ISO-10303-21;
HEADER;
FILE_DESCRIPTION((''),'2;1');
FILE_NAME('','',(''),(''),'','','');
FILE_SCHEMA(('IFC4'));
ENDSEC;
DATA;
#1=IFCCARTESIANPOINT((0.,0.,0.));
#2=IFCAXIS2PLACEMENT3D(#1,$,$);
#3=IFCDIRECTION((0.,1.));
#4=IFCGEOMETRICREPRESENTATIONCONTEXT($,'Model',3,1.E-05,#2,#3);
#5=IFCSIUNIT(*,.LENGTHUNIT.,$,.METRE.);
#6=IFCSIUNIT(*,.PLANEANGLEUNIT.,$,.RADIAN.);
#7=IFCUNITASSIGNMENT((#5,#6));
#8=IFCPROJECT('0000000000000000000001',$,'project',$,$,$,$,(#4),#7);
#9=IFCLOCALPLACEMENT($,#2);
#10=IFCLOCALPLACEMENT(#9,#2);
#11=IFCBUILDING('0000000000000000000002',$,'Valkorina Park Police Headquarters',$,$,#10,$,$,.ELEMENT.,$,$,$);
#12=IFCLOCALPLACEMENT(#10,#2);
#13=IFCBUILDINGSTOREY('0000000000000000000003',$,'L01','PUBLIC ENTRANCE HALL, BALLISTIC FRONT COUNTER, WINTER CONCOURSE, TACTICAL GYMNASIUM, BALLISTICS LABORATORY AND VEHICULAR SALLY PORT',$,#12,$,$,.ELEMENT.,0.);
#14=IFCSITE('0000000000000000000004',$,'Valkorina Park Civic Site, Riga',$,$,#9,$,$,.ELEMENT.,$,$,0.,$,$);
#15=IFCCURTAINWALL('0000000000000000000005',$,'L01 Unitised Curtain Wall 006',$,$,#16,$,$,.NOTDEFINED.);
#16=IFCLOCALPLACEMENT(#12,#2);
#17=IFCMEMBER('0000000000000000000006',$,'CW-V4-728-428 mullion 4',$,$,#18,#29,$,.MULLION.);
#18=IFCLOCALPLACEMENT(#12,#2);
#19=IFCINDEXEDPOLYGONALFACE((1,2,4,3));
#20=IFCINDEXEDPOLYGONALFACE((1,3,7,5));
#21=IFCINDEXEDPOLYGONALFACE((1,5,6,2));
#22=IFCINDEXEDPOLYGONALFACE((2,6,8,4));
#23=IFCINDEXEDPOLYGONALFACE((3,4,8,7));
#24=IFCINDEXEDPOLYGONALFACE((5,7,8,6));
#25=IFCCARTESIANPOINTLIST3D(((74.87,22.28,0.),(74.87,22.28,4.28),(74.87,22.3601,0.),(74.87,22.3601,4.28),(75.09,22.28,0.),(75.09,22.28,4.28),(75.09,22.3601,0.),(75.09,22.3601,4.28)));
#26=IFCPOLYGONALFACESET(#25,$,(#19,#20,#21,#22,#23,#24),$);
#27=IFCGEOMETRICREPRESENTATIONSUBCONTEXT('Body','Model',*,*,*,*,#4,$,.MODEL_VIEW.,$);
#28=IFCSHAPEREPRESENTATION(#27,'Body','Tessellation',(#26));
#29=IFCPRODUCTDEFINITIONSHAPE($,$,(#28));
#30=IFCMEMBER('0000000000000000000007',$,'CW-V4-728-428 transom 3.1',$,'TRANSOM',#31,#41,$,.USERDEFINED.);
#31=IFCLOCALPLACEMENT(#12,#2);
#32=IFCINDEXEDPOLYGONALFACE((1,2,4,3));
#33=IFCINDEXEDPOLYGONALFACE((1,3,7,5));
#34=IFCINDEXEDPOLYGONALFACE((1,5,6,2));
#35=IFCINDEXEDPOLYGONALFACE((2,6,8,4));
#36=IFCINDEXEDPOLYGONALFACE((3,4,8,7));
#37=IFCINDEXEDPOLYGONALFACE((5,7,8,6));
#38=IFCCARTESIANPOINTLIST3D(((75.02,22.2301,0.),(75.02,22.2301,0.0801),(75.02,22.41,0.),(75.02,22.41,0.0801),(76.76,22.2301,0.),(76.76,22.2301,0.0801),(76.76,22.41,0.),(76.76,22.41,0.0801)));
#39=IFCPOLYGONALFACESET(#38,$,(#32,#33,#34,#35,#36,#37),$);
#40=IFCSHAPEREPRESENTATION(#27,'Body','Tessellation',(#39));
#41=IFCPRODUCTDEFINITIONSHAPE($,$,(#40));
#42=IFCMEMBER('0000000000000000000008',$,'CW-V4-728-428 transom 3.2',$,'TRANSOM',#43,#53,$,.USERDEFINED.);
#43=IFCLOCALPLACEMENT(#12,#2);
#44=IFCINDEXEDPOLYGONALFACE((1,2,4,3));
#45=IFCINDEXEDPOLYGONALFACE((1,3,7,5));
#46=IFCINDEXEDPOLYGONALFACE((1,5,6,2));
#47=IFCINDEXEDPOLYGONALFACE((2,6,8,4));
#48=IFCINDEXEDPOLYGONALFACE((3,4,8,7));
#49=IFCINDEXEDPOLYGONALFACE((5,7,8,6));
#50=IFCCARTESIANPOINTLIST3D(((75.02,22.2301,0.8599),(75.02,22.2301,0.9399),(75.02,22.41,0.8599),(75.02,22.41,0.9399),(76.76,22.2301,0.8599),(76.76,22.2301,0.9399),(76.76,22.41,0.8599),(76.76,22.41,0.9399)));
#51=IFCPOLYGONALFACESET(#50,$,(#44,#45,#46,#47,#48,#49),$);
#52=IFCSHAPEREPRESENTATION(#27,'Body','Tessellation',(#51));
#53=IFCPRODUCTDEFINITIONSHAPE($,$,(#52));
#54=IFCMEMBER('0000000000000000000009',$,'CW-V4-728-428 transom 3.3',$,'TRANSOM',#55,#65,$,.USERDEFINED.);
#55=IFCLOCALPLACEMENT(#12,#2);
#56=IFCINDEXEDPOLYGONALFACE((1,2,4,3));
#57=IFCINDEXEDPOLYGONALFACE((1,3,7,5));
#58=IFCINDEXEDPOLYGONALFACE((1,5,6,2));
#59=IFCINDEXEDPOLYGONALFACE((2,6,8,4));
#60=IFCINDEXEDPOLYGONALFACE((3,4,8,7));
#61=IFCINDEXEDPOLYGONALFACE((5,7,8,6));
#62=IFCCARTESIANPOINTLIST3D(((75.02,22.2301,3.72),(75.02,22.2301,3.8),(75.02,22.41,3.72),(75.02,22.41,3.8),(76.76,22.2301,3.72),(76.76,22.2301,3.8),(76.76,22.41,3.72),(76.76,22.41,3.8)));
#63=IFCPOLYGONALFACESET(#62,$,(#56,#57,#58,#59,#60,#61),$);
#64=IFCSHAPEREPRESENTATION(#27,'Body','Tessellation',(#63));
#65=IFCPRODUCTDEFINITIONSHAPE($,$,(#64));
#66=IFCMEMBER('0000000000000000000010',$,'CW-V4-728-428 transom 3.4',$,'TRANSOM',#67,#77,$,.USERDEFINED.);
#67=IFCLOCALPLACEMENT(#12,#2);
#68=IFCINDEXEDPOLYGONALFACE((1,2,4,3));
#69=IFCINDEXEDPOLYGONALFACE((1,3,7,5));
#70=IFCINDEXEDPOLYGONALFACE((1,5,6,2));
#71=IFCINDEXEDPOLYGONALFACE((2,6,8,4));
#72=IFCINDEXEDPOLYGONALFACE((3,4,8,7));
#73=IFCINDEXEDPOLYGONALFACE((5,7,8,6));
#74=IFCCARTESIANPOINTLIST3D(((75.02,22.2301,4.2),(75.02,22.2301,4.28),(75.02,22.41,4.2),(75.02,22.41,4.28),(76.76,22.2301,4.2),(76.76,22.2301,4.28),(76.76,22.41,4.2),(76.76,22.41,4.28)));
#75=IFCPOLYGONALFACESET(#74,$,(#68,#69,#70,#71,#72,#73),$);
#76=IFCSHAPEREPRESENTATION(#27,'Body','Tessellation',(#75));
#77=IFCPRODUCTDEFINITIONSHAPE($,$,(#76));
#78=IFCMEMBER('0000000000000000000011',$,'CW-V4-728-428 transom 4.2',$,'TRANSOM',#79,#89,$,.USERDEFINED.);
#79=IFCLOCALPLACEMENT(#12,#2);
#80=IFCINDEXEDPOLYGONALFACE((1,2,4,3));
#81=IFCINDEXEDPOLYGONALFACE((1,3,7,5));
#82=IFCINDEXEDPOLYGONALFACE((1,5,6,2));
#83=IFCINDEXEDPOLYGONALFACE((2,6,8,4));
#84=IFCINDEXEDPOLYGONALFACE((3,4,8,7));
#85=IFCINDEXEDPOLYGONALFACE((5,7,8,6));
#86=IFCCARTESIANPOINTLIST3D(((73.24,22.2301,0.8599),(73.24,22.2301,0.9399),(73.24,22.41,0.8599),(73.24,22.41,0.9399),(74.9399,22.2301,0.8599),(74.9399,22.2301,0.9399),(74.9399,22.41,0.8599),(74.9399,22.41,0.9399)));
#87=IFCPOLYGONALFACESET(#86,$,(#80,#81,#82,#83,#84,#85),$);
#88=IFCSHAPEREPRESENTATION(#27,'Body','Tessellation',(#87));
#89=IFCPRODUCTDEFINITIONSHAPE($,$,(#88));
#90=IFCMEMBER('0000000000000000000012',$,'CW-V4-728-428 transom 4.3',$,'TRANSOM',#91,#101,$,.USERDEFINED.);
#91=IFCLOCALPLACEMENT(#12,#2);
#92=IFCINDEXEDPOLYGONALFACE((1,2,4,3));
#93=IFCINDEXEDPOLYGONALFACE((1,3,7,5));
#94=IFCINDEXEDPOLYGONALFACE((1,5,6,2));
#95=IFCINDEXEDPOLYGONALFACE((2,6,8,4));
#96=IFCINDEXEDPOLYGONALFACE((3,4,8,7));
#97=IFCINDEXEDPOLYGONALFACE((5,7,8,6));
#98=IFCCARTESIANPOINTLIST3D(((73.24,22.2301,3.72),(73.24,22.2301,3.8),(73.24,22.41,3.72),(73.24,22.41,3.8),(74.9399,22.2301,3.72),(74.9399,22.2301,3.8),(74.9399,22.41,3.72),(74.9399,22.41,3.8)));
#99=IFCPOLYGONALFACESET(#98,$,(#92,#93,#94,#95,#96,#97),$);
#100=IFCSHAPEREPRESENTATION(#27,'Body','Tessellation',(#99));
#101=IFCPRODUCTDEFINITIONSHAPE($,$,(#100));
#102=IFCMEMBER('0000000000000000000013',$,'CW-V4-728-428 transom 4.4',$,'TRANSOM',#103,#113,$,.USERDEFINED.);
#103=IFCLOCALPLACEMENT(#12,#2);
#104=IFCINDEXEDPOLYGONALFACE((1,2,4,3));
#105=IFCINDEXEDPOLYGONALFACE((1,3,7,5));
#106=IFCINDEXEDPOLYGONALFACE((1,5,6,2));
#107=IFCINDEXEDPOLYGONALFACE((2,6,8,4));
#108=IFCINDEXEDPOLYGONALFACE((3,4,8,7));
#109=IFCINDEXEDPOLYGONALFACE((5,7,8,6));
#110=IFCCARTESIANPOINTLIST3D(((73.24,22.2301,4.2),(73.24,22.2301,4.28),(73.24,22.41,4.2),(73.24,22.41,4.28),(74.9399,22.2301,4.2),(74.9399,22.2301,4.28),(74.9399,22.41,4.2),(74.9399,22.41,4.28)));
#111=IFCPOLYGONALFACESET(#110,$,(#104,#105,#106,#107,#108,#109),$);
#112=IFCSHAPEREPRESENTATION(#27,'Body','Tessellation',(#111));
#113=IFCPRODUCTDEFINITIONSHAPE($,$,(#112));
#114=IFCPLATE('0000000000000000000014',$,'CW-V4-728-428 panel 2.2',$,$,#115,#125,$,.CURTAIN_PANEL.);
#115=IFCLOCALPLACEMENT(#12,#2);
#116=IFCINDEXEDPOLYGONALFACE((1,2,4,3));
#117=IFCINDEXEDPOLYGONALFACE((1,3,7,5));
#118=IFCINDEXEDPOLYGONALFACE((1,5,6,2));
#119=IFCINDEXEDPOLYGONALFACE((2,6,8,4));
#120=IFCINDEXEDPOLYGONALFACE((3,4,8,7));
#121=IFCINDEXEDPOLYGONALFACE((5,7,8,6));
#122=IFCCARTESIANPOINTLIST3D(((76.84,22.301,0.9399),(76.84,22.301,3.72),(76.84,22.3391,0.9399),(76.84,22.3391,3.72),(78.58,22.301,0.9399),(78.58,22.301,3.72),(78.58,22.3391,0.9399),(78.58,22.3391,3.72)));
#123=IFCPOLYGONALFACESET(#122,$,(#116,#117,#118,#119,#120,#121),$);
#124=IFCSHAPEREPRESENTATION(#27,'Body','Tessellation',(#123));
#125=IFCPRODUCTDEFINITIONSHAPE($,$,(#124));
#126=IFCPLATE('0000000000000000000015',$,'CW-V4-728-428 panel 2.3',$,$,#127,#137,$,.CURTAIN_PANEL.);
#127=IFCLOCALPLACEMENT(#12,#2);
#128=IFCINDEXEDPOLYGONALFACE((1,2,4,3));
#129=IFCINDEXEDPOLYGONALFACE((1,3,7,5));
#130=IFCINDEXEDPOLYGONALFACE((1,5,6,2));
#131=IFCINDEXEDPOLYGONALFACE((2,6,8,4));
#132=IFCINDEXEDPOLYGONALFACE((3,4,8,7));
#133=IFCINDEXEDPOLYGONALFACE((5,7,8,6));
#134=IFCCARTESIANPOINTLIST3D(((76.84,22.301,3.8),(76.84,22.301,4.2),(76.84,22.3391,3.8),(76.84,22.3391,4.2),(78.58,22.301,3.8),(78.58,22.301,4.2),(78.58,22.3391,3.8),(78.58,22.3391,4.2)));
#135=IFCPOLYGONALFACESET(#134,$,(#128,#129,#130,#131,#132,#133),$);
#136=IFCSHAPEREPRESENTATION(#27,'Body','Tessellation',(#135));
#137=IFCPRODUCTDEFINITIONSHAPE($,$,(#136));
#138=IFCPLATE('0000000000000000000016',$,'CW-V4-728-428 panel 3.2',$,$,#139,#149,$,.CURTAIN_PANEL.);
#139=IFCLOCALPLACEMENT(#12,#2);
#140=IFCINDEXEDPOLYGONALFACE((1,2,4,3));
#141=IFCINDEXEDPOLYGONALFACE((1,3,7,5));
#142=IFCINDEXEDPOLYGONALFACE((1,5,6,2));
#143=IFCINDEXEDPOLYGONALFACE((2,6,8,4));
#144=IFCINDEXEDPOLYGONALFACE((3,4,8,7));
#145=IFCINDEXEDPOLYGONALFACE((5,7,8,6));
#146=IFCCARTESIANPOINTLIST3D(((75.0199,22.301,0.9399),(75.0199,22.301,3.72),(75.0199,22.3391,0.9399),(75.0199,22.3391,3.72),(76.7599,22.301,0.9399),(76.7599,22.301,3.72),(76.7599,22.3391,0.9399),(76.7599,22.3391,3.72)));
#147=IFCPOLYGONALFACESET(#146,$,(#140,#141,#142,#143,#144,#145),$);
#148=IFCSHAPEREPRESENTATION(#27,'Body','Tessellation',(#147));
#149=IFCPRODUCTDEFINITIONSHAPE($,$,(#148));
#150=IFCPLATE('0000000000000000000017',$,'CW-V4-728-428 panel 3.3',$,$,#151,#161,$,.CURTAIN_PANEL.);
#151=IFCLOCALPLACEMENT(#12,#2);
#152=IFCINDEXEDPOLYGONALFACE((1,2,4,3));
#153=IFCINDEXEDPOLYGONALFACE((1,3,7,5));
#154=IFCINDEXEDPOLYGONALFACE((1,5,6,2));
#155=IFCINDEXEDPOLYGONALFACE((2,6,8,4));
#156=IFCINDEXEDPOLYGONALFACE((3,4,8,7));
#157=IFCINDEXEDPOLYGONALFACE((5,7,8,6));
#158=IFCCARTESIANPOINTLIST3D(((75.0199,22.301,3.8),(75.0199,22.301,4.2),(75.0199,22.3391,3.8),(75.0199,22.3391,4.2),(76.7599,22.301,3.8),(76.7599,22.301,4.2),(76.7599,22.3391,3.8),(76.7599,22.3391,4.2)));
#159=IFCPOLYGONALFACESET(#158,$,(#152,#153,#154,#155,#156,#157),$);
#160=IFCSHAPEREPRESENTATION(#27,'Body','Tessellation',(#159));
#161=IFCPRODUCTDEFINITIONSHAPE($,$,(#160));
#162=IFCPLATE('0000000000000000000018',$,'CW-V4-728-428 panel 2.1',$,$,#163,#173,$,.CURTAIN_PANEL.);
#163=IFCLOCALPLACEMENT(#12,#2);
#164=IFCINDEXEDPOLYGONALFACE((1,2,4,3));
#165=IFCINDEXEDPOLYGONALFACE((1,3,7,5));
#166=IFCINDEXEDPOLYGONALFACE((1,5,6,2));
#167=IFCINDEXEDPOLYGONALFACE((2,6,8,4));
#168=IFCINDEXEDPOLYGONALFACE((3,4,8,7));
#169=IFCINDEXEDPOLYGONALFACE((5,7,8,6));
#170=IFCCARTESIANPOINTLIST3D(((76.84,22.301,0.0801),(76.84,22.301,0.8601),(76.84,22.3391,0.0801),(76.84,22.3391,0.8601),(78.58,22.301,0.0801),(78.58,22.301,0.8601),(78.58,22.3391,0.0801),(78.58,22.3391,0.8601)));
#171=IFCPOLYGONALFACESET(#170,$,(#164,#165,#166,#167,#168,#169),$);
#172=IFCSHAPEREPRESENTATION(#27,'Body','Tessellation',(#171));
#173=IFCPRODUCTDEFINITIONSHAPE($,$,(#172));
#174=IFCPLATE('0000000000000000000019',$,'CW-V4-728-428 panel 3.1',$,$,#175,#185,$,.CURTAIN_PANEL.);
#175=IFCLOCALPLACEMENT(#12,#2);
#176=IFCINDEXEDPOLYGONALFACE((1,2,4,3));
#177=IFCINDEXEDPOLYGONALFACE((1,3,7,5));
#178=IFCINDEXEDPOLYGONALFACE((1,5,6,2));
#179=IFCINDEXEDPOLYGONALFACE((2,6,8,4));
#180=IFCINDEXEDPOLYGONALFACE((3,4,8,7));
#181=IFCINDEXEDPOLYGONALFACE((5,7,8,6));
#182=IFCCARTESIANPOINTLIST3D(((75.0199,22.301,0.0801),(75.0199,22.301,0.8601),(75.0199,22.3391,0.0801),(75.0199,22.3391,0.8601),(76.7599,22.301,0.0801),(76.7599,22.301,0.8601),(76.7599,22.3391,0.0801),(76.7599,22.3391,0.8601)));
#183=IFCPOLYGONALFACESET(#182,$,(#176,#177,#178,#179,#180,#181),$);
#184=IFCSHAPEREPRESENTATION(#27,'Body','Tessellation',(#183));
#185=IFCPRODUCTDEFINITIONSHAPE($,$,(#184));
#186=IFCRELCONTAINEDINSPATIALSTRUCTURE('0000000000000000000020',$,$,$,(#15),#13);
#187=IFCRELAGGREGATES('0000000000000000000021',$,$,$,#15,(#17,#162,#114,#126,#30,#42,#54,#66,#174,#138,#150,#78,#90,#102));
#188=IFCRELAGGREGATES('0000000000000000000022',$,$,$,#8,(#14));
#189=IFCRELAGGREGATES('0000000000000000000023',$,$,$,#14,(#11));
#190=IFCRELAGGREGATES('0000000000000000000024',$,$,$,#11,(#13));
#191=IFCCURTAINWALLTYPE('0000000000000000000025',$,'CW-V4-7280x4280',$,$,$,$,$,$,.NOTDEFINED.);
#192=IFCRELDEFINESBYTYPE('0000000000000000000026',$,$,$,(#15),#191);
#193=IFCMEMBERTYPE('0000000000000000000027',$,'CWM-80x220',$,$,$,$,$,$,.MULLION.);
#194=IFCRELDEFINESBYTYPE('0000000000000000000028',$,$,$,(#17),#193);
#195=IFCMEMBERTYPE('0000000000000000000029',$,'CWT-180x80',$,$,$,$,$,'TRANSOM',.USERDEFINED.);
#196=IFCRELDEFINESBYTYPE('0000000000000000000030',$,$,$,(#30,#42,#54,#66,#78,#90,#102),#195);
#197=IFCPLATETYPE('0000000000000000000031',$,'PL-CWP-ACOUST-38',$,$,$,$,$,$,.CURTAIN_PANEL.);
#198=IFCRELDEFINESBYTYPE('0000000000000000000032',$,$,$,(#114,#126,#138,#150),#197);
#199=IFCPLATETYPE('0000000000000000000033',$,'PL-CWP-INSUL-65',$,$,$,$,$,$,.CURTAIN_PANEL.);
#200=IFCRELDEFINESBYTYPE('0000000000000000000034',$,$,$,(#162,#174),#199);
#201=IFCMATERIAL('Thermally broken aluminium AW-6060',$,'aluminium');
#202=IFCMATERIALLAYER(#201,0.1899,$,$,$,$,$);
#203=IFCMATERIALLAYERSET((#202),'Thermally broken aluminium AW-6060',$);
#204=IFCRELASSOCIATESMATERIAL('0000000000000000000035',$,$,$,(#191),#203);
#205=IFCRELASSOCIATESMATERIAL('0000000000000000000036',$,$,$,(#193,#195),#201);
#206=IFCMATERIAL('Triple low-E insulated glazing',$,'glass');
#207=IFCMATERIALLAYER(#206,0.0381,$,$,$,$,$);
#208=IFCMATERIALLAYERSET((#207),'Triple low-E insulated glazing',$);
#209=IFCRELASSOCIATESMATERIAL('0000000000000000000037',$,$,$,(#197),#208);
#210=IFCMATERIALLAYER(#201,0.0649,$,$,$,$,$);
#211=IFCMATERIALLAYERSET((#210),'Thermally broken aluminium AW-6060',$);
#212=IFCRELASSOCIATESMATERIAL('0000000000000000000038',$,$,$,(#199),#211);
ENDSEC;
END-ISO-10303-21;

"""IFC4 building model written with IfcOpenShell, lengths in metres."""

from ifc_helpers import new_model, si_unit, direction, frame, origin, origin_2d, place, context, subcontext, project, spatial, rectangle, extrude, material, layer, layer_set, material_profile, profile_set, type_object, element, aggregate, save


model = new_model("IFC4")

# Units and contexts
model_context = context("Model", 3, precision=1e-05, world=origin(), true_north=direction((0.0, 1.0)))
body_context = subcontext(model_context, "Body", "Model", "MODEL_VIEW")
ifc_project = project(units=[si_unit("LENGTHUNIT", "METRE"), si_unit("PLANEANGLEUNIT", "RADIAN")], contexts=[model_context])

# Site, building, storey
site_placement = place(None, origin())
site = spatial("IfcSite", under=ifc_project, at=site_placement, Name="Valkorina Park Civic Site, Riga", CompositionType="ELEMENT", RefElevation=0.0)
building_placement = place(site_placement, origin())
building = spatial("IfcBuilding", under=site, at=building_placement, Name="Valkorina Park Police Headquarters", CompositionType="ELEMENT")
storey_placement = place(building_placement, origin())
storey = spatial("IfcBuildingStorey", under=building, at=storey_placement, Name="L01", Description="PUBLIC ENTRANCE HALL, BALLISTIC FRONT COUNTER, WINTER CONCOURSE, TACTICAL GYMNASIUM, BALLISTICS LABORATORY AND VEHICULAR SALLY PORT", CompositionType="ELEMENT", Elevation=0.0)

# Curtain wall, members, plates
ifc_material_1 = material(Name="Thermally broken aluminium AW-6060", Category="aluminium")
ifc_layer_1 = layer(ifc_material_1, 0.1899)
ifc_layer_set_1 = layer_set([ifc_layer_1], Name="Thermally broken aluminium AW-6060")
curtain_wall_type = type_object("IfcCurtainWallType", Name="CW-V4-7280x4280", PredefinedType="NOTDEFINED", material=ifc_layer_set_1)
curtain_wall_placement = place(storey_placement, origin())
curtain_wall = element("IfcCurtainWall", 1, at=curtain_wall_placement, inside=storey, type_object=curtain_wall_type, Name="L01 Unitised Curtain Wall 006", PredefinedType="NOTDEFINED")
ifc_material_profile_1 = material_profile(ifc_material_1, rectangle(XDim=0.0801, YDim=0.22, at=origin_2d()), Name="CWM-03 80x220")
ifc_profile_set_1 = profile_set([ifc_material_profile_1], Name="Thermally broken aluminium AW-6060")
member_type_1 = type_object("IfcMemberType", Name="CWM-80x220", PredefinedType="MULLION", material=ifc_profile_set_1)
member_1_placement = place(storey_placement, frame((74.98, 22.3201, 0.0), z_axis=(0.0, 0.0, 1.0), x_axis=(0.0, -1.0, 0.0)))
member_1 = element("IfcMember", 2, at=member_1_placement, type_object=member_type_1, Name="CW-V4-728-428 mullion 4", PredefinedType="MULLION", context=body_context, shape_type="SweptSolid", body=[
    extrude(rectangle(XDim=0.0801, YDim=0.22, at=origin_2d()), origin(), (0.0, 0.0, 1.0), 4.28),
])
ifc_material_profile_2 = material_profile(ifc_material_1, rectangle(XDim=0.1799, YDim=0.0801, at=origin_2d()), Name="CWT-03 180x80")
ifc_profile_set_2 = profile_set([ifc_material_profile_2], Name="Thermally broken aluminium AW-6060")
member_type_2 = type_object("IfcMemberType", Name="CWT-180x80", ElementType="TRANSOM", PredefinedType="USERDEFINED", material=ifc_profile_set_2)
member_2_placement = place(storey_placement, frame((76.76, 22.3201, 0.04), z_axis=(-1.0, 0.0, 0.0), x_axis=(0.0, -1.0, 0.0)))
member_2 = element("IfcMember", 3, at=member_2_placement, type_object=member_type_2, Name="CW-V4-728-428 transom 3.1", ObjectType="TRANSOM", PredefinedType="USERDEFINED", context=body_context, shape_type="SweptSolid", body=[
    extrude(rectangle(XDim=0.1799, YDim=0.0801, at=origin_2d()), origin(), (0.0, 0.0, 1.0), 1.74),
])
member_3_placement = place(storey_placement, frame((76.76, 22.3201, 0.8999), z_axis=(-1.0, 0.0, 0.0), x_axis=(0.0, -1.0, 0.0)))
member_3 = element("IfcMember", 4, at=member_3_placement, type_object=member_type_2, Name="CW-V4-728-428 transom 3.2", ObjectType="TRANSOM", PredefinedType="USERDEFINED", context=body_context, shape_type="SweptSolid", body=[
    extrude(rectangle(XDim=0.1799, YDim=0.0801, at=origin_2d()), origin(), (0.0, 0.0, 1.0), 1.74),
])
member_4_placement = place(storey_placement, frame((76.76, 22.3201, 3.76), z_axis=(-1.0, 0.0, 0.0), x_axis=(0.0, -1.0, 0.0)))
member_4 = element("IfcMember", 5, at=member_4_placement, type_object=member_type_2, Name="CW-V4-728-428 transom 3.3", ObjectType="TRANSOM", PredefinedType="USERDEFINED", context=body_context, shape_type="SweptSolid", body=[
    extrude(rectangle(XDim=0.1799, YDim=0.0801, at=origin_2d()), origin(), (0.0, 0.0, 1.0), 1.74),
])
member_5_placement = place(storey_placement, frame((76.76, 22.3201, 4.24), z_axis=(-1.0, 0.0, 0.0), x_axis=(0.0, -1.0, 0.0)))
member_5 = element("IfcMember", 6, at=member_5_placement, type_object=member_type_2, Name="CW-V4-728-428 transom 3.4", ObjectType="TRANSOM", PredefinedType="USERDEFINED", context=body_context, shape_type="SweptSolid", body=[
    extrude(rectangle(XDim=0.1799, YDim=0.0801, at=origin_2d()), origin(), (0.0, 0.0, 1.0), 1.74),
])
member_6_placement = place(storey_placement, frame((74.9399, 22.3201, 0.8999), z_axis=(-1.0, 0.0, 0.0), x_axis=(0.0, -1.0, 0.0)))
member_6 = element("IfcMember", 7, at=member_6_placement, type_object=member_type_2, Name="CW-V4-728-428 transom 4.2", ObjectType="TRANSOM", PredefinedType="USERDEFINED", context=body_context, shape_type="SweptSolid", body=[
    extrude(rectangle(XDim=0.1799, YDim=0.0801, at=origin_2d()), origin(), (0.0, 0.0, 1.0), 1.7),
])
member_7_placement = place(storey_placement, frame((74.9399, 22.3201, 3.76), z_axis=(-1.0, 0.0, 0.0), x_axis=(0.0, -1.0, 0.0)))
member_7 = element("IfcMember", 8, at=member_7_placement, type_object=member_type_2, Name="CW-V4-728-428 transom 4.3", ObjectType="TRANSOM", PredefinedType="USERDEFINED", context=body_context, shape_type="SweptSolid", body=[
    extrude(rectangle(XDim=0.1799, YDim=0.0801, at=origin_2d()), origin(), (0.0, 0.0, 1.0), 1.7),
])
member_8_placement = place(storey_placement, frame((74.9399, 22.3201, 4.24), z_axis=(-1.0, 0.0, 0.0), x_axis=(0.0, -1.0, 0.0)))
member_8 = element("IfcMember", 9, at=member_8_placement, type_object=member_type_2, Name="CW-V4-728-428 transom 4.4", ObjectType="TRANSOM", PredefinedType="USERDEFINED", context=body_context, shape_type="SweptSolid", body=[
    extrude(rectangle(XDim=0.1799, YDim=0.0801, at=origin_2d()), origin(), (0.0, 0.0, 1.0), 1.7),
])
ifc_material_2 = material(Name="Triple low-E insulated glazing", Category="glass")
ifc_layer_2 = layer(ifc_material_2, 0.0381)
ifc_layer_set_2 = layer_set([ifc_layer_2], Name="Triple low-E insulated glazing")
plate_type_1 = type_object("IfcPlateType", Name="PL-CWP-ACOUST-38", PredefinedType="CURTAIN_PANEL", material=ifc_layer_set_2)
plate_1_placement = place(storey_placement, frame((77.71, 22.3201, 0.9399), z_axis=(0.0, 0.0, 1.0), x_axis=(-1.0, 0.0, 0.0)))
plate_1 = element("IfcPlate", 10, at=plate_1_placement, type_object=plate_type_1, Name="CW-V4-728-428 panel 2.2", PredefinedType="CURTAIN_PANEL", context=body_context, shape_type="SweptSolid", body=[
    extrude(rectangle(XDim=1.74, YDim=0.0381, at=origin_2d()), origin(), (0.0, 0.0, 1.0), 2.78),
])
plate_2_placement = place(storey_placement, frame((77.71, 22.3201, 3.8), z_axis=(0.0, 0.0, 1.0), x_axis=(-1.0, 0.0, 0.0)))
plate_2 = element("IfcPlate", 11, at=plate_2_placement, type_object=plate_type_1, Name="CW-V4-728-428 panel 2.3", PredefinedType="CURTAIN_PANEL", context=body_context, shape_type="SweptSolid", body=[
    extrude(rectangle(XDim=1.74, YDim=0.0381, at=origin_2d()), origin(), (0.0, 0.0, 1.0), 0.3999),
])
plate_3_placement = place(storey_placement, frame((75.8899, 22.3201, 0.9399), z_axis=(0.0, 0.0, 1.0), x_axis=(-1.0, 0.0, 0.0)))
plate_3 = element("IfcPlate", 12, at=plate_3_placement, type_object=plate_type_1, Name="CW-V4-728-428 panel 3.2", PredefinedType="CURTAIN_PANEL", context=body_context, shape_type="SweptSolid", body=[
    extrude(rectangle(XDim=1.74, YDim=0.0381, at=origin_2d()), origin(), (0.0, 0.0, 1.0), 2.78),
])
plate_4_placement = place(storey_placement, frame((75.8899, 22.3201, 3.8), z_axis=(0.0, 0.0, 1.0), x_axis=(-1.0, 0.0, 0.0)))
plate_4 = element("IfcPlate", 13, at=plate_4_placement, type_object=plate_type_1, Name="CW-V4-728-428 panel 3.3", PredefinedType="CURTAIN_PANEL", context=body_context, shape_type="SweptSolid", body=[
    extrude(rectangle(XDim=1.74, YDim=0.0381, at=origin_2d()), origin(), (0.0, 0.0, 1.0), 0.3999),
])
ifc_layer_3 = layer(ifc_material_1, 0.0649)
ifc_layer_set_3 = layer_set([ifc_layer_3], Name="Thermally broken aluminium AW-6060")
plate_type_2 = type_object("IfcPlateType", Name="PL-CWP-INSUL-65", PredefinedType="CURTAIN_PANEL", material=ifc_layer_set_3)
plate_5_placement = place(storey_placement, frame((77.71, 22.3201, 0.0801), z_axis=(0.0, 0.0, 1.0), x_axis=(-1.0, 0.0, 0.0)))
plate_5 = element("IfcPlate", 14, at=plate_5_placement, type_object=plate_type_2, Name="CW-V4-728-428 panel 2.1", PredefinedType="CURTAIN_PANEL", context=body_context, shape_type="SweptSolid", body=[
    extrude(rectangle(XDim=1.74, YDim=0.0381, at=origin_2d()), origin(), (0.0, 0.0, 1.0), 0.78),
])
plate_6_placement = place(storey_placement, frame((75.8899, 22.3201, 0.0801), z_axis=(0.0, 0.0, 1.0), x_axis=(-1.0, 0.0, 0.0)))
plate_6 = element("IfcPlate", 15, at=plate_6_placement, type_object=plate_type_2, Name="CW-V4-728-428 panel 3.1", PredefinedType="CURTAIN_PANEL", context=body_context, shape_type="SweptSolid", body=[
    extrude(rectangle(XDim=1.74, YDim=0.0381, at=origin_2d()), origin(), (0.0, 0.0, 1.0), 0.78),
])
aggregate(curtain_wall, [member_1, plate_5, plate_1, plate_2, member_2, member_3, member_4, member_5, plate_6, plate_3, plate_4, member_6, member_7, member_8])

save(model, "model.ifc")
